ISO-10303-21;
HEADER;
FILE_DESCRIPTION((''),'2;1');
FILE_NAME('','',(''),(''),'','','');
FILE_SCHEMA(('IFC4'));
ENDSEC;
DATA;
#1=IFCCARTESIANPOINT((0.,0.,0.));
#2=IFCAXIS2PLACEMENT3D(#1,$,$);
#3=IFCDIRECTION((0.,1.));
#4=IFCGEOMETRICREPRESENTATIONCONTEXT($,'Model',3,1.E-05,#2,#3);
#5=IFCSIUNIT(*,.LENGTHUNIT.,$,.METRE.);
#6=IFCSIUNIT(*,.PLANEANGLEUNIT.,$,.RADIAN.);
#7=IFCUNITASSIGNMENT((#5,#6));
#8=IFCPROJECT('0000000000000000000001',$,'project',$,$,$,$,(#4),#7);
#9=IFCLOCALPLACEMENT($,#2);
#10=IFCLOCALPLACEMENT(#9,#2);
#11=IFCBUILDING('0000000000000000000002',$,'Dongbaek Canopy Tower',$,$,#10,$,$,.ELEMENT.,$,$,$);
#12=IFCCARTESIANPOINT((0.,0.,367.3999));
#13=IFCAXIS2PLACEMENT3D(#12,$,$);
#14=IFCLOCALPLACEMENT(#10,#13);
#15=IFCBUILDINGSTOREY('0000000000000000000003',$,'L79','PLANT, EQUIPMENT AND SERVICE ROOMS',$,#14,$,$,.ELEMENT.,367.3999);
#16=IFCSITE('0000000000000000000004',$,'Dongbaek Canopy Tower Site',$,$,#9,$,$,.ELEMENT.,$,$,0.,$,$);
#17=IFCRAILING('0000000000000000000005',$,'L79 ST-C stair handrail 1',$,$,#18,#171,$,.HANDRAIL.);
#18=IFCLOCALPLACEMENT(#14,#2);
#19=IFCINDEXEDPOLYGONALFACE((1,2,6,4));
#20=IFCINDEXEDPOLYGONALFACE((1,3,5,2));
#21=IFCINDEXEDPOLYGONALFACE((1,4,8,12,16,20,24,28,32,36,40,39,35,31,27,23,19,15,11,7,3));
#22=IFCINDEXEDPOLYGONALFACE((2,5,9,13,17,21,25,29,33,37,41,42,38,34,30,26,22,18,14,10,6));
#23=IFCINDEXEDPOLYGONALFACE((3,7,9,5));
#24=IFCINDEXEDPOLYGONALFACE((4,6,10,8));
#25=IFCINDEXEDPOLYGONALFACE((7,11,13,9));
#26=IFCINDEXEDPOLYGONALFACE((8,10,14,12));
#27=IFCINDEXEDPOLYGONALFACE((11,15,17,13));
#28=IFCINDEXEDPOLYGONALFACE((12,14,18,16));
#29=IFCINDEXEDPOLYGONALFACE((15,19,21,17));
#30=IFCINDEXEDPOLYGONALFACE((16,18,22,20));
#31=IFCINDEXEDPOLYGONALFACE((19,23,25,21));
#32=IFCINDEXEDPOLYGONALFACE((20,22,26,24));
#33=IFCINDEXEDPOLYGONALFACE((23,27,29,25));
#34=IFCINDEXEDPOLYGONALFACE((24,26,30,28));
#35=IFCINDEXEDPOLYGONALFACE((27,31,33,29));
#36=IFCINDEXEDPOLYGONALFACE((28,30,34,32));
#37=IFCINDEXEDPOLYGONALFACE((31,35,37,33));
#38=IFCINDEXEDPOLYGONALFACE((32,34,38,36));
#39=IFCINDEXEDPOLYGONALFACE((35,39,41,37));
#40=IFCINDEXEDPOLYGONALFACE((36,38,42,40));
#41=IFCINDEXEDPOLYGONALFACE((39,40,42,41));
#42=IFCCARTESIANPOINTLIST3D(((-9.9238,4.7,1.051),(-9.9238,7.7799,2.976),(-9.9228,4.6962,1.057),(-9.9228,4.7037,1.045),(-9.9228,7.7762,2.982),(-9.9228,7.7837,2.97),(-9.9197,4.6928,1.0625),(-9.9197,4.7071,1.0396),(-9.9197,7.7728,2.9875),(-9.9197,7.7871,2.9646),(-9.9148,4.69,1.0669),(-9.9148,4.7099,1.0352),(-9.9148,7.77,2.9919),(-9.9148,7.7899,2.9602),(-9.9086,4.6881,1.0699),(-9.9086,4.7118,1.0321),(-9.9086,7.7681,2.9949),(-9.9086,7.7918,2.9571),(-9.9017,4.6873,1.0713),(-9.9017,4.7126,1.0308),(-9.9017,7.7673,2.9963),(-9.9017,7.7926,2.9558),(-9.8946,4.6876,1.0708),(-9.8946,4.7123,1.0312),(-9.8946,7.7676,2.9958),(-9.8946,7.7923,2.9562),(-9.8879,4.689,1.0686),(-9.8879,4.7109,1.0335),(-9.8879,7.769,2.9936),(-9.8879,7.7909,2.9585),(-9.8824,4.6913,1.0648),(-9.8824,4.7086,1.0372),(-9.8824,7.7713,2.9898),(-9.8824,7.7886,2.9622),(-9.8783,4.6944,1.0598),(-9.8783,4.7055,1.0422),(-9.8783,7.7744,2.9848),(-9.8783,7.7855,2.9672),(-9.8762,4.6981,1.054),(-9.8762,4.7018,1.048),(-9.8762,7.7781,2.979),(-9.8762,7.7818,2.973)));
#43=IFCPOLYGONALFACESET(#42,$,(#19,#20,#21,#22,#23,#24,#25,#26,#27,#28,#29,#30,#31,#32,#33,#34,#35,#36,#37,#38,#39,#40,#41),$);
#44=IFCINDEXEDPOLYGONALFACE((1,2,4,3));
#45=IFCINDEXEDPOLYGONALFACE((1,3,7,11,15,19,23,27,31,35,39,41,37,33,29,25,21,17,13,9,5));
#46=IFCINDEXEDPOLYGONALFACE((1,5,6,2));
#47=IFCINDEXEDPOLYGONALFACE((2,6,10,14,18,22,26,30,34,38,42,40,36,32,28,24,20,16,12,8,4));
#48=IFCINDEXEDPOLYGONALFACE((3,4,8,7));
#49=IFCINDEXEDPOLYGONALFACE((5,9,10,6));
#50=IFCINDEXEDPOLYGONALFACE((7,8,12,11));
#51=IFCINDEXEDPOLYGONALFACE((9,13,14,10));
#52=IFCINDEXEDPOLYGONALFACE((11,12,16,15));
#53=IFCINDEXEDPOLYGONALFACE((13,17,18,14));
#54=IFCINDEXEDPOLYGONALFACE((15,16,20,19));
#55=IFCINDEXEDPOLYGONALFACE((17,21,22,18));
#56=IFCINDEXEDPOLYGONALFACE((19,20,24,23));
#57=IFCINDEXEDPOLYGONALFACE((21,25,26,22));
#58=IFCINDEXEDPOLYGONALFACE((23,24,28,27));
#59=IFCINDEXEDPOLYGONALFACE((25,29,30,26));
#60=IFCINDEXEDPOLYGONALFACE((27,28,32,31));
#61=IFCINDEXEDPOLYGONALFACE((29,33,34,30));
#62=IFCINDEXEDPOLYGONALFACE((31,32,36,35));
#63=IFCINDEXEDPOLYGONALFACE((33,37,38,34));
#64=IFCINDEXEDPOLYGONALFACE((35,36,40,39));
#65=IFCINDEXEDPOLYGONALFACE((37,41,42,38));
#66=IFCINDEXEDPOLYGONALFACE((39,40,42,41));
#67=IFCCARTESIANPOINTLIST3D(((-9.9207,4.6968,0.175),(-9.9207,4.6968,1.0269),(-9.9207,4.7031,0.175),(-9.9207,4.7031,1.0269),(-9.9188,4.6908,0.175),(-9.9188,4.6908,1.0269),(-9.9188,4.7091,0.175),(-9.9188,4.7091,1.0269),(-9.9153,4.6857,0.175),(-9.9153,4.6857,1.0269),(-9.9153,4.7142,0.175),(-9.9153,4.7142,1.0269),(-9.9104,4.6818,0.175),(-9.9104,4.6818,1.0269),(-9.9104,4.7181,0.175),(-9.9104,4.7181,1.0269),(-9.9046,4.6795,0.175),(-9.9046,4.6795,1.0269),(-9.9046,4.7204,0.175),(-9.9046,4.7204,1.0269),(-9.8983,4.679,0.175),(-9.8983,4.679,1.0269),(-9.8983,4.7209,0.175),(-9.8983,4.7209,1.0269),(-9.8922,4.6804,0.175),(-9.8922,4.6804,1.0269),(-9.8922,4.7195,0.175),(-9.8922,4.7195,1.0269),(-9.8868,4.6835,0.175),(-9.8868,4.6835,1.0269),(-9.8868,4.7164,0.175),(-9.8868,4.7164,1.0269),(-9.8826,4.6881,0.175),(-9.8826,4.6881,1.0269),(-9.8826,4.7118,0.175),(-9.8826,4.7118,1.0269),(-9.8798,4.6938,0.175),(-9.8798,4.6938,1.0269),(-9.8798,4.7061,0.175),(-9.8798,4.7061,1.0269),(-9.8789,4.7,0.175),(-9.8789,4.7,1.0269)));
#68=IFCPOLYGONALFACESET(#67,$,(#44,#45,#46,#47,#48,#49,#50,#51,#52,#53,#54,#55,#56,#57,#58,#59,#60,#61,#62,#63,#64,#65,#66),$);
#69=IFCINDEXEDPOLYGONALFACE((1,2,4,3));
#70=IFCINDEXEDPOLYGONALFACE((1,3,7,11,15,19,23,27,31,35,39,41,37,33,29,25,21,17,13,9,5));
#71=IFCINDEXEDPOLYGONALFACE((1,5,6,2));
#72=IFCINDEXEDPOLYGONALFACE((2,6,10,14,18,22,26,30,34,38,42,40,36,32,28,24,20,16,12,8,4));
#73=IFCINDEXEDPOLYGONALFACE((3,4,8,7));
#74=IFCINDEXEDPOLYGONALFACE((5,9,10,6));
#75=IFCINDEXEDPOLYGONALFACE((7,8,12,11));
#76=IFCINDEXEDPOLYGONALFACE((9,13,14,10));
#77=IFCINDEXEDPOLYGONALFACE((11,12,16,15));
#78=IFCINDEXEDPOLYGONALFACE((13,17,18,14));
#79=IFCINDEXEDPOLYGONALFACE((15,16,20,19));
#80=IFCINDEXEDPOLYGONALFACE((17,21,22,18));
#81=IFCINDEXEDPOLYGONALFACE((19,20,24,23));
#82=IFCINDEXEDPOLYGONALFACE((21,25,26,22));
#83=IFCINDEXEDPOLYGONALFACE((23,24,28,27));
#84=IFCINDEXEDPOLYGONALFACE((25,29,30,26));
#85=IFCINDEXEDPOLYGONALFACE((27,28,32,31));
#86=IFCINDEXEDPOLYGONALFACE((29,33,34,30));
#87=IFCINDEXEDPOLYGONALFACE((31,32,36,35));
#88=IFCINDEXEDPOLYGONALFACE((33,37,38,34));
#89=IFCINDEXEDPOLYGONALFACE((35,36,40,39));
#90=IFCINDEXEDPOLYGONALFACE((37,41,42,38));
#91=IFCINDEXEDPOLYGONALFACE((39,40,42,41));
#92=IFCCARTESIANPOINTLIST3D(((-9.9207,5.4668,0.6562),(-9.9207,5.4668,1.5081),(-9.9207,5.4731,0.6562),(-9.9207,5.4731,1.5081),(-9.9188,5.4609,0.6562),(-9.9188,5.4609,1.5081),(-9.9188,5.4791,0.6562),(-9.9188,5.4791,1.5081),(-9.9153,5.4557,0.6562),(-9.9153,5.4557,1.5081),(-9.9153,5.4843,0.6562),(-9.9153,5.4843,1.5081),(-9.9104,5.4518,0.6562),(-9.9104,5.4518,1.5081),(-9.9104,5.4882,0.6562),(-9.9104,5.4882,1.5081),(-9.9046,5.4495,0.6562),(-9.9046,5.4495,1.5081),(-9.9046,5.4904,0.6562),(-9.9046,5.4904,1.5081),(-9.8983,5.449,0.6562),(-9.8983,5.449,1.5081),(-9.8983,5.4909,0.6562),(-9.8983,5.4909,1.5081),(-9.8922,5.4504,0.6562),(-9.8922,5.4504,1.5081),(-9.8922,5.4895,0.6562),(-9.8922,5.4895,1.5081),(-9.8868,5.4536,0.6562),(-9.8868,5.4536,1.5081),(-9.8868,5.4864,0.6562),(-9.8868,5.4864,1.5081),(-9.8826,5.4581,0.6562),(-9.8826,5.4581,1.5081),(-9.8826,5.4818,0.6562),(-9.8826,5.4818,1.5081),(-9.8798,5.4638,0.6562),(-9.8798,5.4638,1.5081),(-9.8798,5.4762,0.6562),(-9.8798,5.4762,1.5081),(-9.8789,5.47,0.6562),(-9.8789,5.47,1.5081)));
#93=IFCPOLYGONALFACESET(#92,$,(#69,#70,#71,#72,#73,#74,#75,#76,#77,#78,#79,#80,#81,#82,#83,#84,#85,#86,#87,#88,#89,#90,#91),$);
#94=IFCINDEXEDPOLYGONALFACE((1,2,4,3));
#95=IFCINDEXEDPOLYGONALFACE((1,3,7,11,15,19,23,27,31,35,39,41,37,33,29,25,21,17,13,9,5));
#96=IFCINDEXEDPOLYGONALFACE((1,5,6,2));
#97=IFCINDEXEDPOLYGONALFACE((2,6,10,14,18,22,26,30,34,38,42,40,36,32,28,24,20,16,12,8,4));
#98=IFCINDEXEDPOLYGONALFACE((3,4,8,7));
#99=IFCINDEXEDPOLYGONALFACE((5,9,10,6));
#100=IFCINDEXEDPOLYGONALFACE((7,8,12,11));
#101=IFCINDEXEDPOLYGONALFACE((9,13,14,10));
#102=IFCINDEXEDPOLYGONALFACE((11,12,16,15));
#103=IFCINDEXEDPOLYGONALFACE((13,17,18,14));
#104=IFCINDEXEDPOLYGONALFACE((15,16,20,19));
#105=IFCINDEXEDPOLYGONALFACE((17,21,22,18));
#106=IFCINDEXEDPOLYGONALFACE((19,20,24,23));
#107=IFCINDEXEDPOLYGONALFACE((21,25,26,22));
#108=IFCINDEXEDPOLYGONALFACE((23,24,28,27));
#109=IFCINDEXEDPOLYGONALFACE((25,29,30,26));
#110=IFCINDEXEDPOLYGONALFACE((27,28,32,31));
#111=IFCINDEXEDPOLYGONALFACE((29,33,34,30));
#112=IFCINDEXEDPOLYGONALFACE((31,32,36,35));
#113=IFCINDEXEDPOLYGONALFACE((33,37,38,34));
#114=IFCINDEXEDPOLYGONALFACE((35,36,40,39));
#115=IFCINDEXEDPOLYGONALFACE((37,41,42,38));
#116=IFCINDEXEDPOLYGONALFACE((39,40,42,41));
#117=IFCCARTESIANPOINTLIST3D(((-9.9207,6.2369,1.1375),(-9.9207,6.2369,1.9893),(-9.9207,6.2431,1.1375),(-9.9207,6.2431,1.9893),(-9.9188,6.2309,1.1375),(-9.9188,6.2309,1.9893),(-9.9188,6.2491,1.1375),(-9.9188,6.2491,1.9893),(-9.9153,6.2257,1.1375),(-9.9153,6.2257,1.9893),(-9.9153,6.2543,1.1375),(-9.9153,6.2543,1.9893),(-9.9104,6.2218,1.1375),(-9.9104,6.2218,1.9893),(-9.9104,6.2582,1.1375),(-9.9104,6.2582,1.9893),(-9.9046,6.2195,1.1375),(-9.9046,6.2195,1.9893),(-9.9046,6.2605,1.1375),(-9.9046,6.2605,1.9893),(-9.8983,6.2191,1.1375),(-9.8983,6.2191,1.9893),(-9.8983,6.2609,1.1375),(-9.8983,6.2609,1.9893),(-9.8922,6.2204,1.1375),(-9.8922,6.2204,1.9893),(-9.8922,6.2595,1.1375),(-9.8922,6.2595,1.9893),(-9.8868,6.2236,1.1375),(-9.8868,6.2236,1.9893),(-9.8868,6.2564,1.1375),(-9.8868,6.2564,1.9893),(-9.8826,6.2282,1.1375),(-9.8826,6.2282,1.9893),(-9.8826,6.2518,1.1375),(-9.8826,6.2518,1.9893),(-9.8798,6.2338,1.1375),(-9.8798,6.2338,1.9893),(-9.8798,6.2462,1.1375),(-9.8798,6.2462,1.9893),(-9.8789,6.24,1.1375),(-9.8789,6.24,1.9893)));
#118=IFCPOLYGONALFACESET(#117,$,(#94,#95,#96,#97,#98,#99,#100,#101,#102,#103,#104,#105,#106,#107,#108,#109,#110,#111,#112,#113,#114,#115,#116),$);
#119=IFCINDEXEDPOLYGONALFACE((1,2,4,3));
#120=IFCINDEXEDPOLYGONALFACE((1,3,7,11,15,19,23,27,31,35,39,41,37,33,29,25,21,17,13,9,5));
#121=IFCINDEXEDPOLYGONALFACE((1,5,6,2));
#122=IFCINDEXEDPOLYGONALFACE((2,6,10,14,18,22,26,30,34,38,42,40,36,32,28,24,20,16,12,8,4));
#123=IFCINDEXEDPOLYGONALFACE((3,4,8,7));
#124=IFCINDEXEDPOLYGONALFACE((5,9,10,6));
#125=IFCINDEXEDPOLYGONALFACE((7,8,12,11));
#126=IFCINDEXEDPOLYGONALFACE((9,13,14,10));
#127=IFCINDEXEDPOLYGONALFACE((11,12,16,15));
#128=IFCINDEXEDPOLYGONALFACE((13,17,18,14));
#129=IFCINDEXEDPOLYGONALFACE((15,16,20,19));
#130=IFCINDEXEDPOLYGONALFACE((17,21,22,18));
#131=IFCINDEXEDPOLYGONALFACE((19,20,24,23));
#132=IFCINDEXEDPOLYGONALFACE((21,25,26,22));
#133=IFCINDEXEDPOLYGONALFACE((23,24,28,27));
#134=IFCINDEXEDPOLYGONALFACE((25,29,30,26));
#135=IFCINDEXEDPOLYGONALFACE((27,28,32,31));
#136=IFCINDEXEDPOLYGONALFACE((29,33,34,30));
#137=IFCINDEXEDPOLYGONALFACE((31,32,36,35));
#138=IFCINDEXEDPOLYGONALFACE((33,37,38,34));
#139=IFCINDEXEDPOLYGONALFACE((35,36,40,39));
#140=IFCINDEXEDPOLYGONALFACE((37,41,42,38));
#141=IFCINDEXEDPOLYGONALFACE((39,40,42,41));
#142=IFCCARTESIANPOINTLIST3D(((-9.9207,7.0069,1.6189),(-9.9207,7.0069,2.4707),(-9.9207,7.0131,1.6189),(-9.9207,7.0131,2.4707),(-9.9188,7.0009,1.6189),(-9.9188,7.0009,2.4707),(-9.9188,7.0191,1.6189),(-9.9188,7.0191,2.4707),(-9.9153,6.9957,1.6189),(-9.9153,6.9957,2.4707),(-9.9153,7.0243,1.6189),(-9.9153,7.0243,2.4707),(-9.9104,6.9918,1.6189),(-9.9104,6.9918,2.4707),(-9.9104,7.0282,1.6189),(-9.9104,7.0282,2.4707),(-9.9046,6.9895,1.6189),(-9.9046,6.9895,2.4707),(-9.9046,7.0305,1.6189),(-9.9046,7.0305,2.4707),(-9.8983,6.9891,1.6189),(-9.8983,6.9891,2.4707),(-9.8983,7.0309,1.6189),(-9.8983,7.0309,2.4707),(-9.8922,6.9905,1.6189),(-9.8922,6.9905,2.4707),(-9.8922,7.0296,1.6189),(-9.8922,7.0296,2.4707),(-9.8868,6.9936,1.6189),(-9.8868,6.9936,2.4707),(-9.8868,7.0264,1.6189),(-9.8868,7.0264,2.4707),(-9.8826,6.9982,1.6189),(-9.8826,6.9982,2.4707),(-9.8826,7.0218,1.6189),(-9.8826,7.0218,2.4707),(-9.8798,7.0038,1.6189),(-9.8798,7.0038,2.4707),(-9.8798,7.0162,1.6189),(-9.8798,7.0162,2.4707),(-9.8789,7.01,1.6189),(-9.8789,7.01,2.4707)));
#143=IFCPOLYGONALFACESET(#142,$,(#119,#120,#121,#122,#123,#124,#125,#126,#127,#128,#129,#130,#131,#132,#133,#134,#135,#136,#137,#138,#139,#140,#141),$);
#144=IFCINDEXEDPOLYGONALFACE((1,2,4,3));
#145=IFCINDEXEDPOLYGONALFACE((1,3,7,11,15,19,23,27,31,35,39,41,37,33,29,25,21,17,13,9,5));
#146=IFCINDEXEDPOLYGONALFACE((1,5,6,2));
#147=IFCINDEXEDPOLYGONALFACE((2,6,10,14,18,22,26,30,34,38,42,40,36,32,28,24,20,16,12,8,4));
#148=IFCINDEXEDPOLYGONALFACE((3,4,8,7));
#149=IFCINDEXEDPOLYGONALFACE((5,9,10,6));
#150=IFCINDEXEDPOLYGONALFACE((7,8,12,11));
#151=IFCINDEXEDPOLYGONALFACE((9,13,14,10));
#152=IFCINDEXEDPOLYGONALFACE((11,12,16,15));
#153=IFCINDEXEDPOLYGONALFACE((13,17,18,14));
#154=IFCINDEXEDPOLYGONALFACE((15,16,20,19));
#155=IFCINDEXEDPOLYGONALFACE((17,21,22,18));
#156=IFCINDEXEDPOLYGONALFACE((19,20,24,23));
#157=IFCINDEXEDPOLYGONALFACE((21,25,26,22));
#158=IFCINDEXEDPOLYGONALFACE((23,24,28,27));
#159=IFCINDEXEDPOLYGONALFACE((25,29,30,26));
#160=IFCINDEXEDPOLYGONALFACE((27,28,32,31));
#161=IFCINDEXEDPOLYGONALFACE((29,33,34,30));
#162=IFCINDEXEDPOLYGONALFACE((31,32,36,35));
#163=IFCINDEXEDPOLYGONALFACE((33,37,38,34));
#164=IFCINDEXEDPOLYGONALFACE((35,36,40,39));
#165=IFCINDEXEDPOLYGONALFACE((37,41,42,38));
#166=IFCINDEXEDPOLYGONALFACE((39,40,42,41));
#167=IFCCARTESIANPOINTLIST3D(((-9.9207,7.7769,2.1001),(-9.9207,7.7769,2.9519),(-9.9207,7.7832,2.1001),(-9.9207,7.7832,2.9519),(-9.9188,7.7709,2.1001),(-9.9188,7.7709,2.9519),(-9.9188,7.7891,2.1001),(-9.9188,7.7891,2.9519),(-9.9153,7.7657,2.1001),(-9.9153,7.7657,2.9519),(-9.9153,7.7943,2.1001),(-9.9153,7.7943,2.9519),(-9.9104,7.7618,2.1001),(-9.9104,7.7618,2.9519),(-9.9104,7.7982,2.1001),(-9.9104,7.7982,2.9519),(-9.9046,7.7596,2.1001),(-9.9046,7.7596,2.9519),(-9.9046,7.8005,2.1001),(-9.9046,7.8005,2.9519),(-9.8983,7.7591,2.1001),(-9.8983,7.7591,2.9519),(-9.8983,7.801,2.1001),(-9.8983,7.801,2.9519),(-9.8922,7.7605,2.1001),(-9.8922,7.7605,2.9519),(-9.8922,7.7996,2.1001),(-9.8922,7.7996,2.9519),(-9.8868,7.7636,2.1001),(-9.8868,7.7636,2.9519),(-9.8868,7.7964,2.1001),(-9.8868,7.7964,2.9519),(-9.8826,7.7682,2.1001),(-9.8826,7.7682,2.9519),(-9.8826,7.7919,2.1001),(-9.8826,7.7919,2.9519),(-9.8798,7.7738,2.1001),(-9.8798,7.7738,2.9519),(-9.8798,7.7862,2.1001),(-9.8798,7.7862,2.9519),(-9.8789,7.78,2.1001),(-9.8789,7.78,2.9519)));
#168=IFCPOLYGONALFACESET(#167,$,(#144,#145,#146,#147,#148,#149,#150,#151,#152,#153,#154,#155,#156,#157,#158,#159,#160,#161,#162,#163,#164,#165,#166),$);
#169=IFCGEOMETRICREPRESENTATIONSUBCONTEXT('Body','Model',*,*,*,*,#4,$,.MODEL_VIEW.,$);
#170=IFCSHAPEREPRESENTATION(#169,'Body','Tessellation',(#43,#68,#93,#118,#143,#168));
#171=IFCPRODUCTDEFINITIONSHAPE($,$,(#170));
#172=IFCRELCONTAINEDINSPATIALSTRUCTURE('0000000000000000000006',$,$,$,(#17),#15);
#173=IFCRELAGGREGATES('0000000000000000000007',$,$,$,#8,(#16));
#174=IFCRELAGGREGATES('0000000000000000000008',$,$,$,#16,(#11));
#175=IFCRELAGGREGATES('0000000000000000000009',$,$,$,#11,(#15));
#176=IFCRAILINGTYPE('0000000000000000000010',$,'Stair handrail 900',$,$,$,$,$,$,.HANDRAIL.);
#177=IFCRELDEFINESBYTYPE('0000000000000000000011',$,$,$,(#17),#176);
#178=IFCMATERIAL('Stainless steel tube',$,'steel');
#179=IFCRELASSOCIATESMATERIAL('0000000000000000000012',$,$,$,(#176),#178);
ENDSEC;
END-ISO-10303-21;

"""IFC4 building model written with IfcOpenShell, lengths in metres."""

from ifc_helpers import new_model, si_unit, direction, frame, origin, origin_2d, place, context, subcontext, project, spatial, circle, extrude, material, type_object, element, save


model = new_model("IFC4")

# Units and contexts
model_context = context("Model", 3, precision=1e-05, world=origin(), true_north=direction((0.0, 1.0)))
body_context = subcontext(model_context, "Body", "Model", "MODEL_VIEW")
ifc_project = project(units=[si_unit("LENGTHUNIT", "METRE"), si_unit("PLANEANGLEUNIT", "RADIAN")], contexts=[model_context])

# Site, building, storey
site_placement = place(None, origin())
site = spatial("IfcSite", under=ifc_project, at=site_placement, Name="Dongbaek Canopy Tower Site", CompositionType="ELEMENT", RefElevation=0.0)
building_placement = place(site_placement, origin())
building = spatial("IfcBuilding", under=site, at=building_placement, Name="Dongbaek Canopy Tower", CompositionType="ELEMENT")
storey_placement = place(building_placement, frame((0.0, 0.0, 367.3999)))
storey = spatial("IfcBuildingStorey", under=building, at=storey_placement, Name="L79", Description="PLANT, EQUIPMENT AND SERVICE ROOMS", CompositionType="ELEMENT", Elevation=367.3999)

# Railing
ifc_material_1 = material(Name="Stainless steel tube", Category="steel")
railing_type_1 = type_object("IfcRailingType", Name="Stair handrail 900", PredefinedType="HANDRAIL", material=ifc_material_1)
railing_1_placement = place(storey_placement, frame((-9.8999, 4.7, 0.175)))
element("IfcRailing", 1, at=railing_1_placement, inside=storey, type_object=railing_type_1, Name="L79 ST-C stair handrail 1", PredefinedType="HANDRAIL", context=body_context, shape_type="SweptSolid", body=[
    extrude(circle(Radius=0.0239, at=origin_2d()), frame((0.0, 0.0, 0.876), z_axis=(0.0, 0.847998, 0.529999), x_axis=(-1.0, 0.0, 0.0)), (0.0, 0.0, 1.0), 3.6321),
    extrude(circle(Radius=0.021, at=origin_2d()), origin(), (0.0, 0.0, 1.0), 0.8518),
    extrude(circle(Radius=0.021, at=origin_2d()), frame((0.0, 0.77, 0.4812)), (0.0, 0.0, 1.0), 0.8518),
    extrude(circle(Radius=0.021, at=origin_2d()), frame((0.0, 1.54, 0.9624)), (0.0, 0.0, 1.0), 0.8518),
    extrude(circle(Radius=0.021, at=origin_2d()), frame((0.0, 2.3101, 1.4438)), (0.0, 0.0, 1.0), 0.8518),
    extrude(circle(Radius=0.021, at=origin_2d()), frame((0.0, 3.0801, 1.925)), (0.0, 0.0, 1.0), 0.8518),
])

save(model, "model.ifc")
